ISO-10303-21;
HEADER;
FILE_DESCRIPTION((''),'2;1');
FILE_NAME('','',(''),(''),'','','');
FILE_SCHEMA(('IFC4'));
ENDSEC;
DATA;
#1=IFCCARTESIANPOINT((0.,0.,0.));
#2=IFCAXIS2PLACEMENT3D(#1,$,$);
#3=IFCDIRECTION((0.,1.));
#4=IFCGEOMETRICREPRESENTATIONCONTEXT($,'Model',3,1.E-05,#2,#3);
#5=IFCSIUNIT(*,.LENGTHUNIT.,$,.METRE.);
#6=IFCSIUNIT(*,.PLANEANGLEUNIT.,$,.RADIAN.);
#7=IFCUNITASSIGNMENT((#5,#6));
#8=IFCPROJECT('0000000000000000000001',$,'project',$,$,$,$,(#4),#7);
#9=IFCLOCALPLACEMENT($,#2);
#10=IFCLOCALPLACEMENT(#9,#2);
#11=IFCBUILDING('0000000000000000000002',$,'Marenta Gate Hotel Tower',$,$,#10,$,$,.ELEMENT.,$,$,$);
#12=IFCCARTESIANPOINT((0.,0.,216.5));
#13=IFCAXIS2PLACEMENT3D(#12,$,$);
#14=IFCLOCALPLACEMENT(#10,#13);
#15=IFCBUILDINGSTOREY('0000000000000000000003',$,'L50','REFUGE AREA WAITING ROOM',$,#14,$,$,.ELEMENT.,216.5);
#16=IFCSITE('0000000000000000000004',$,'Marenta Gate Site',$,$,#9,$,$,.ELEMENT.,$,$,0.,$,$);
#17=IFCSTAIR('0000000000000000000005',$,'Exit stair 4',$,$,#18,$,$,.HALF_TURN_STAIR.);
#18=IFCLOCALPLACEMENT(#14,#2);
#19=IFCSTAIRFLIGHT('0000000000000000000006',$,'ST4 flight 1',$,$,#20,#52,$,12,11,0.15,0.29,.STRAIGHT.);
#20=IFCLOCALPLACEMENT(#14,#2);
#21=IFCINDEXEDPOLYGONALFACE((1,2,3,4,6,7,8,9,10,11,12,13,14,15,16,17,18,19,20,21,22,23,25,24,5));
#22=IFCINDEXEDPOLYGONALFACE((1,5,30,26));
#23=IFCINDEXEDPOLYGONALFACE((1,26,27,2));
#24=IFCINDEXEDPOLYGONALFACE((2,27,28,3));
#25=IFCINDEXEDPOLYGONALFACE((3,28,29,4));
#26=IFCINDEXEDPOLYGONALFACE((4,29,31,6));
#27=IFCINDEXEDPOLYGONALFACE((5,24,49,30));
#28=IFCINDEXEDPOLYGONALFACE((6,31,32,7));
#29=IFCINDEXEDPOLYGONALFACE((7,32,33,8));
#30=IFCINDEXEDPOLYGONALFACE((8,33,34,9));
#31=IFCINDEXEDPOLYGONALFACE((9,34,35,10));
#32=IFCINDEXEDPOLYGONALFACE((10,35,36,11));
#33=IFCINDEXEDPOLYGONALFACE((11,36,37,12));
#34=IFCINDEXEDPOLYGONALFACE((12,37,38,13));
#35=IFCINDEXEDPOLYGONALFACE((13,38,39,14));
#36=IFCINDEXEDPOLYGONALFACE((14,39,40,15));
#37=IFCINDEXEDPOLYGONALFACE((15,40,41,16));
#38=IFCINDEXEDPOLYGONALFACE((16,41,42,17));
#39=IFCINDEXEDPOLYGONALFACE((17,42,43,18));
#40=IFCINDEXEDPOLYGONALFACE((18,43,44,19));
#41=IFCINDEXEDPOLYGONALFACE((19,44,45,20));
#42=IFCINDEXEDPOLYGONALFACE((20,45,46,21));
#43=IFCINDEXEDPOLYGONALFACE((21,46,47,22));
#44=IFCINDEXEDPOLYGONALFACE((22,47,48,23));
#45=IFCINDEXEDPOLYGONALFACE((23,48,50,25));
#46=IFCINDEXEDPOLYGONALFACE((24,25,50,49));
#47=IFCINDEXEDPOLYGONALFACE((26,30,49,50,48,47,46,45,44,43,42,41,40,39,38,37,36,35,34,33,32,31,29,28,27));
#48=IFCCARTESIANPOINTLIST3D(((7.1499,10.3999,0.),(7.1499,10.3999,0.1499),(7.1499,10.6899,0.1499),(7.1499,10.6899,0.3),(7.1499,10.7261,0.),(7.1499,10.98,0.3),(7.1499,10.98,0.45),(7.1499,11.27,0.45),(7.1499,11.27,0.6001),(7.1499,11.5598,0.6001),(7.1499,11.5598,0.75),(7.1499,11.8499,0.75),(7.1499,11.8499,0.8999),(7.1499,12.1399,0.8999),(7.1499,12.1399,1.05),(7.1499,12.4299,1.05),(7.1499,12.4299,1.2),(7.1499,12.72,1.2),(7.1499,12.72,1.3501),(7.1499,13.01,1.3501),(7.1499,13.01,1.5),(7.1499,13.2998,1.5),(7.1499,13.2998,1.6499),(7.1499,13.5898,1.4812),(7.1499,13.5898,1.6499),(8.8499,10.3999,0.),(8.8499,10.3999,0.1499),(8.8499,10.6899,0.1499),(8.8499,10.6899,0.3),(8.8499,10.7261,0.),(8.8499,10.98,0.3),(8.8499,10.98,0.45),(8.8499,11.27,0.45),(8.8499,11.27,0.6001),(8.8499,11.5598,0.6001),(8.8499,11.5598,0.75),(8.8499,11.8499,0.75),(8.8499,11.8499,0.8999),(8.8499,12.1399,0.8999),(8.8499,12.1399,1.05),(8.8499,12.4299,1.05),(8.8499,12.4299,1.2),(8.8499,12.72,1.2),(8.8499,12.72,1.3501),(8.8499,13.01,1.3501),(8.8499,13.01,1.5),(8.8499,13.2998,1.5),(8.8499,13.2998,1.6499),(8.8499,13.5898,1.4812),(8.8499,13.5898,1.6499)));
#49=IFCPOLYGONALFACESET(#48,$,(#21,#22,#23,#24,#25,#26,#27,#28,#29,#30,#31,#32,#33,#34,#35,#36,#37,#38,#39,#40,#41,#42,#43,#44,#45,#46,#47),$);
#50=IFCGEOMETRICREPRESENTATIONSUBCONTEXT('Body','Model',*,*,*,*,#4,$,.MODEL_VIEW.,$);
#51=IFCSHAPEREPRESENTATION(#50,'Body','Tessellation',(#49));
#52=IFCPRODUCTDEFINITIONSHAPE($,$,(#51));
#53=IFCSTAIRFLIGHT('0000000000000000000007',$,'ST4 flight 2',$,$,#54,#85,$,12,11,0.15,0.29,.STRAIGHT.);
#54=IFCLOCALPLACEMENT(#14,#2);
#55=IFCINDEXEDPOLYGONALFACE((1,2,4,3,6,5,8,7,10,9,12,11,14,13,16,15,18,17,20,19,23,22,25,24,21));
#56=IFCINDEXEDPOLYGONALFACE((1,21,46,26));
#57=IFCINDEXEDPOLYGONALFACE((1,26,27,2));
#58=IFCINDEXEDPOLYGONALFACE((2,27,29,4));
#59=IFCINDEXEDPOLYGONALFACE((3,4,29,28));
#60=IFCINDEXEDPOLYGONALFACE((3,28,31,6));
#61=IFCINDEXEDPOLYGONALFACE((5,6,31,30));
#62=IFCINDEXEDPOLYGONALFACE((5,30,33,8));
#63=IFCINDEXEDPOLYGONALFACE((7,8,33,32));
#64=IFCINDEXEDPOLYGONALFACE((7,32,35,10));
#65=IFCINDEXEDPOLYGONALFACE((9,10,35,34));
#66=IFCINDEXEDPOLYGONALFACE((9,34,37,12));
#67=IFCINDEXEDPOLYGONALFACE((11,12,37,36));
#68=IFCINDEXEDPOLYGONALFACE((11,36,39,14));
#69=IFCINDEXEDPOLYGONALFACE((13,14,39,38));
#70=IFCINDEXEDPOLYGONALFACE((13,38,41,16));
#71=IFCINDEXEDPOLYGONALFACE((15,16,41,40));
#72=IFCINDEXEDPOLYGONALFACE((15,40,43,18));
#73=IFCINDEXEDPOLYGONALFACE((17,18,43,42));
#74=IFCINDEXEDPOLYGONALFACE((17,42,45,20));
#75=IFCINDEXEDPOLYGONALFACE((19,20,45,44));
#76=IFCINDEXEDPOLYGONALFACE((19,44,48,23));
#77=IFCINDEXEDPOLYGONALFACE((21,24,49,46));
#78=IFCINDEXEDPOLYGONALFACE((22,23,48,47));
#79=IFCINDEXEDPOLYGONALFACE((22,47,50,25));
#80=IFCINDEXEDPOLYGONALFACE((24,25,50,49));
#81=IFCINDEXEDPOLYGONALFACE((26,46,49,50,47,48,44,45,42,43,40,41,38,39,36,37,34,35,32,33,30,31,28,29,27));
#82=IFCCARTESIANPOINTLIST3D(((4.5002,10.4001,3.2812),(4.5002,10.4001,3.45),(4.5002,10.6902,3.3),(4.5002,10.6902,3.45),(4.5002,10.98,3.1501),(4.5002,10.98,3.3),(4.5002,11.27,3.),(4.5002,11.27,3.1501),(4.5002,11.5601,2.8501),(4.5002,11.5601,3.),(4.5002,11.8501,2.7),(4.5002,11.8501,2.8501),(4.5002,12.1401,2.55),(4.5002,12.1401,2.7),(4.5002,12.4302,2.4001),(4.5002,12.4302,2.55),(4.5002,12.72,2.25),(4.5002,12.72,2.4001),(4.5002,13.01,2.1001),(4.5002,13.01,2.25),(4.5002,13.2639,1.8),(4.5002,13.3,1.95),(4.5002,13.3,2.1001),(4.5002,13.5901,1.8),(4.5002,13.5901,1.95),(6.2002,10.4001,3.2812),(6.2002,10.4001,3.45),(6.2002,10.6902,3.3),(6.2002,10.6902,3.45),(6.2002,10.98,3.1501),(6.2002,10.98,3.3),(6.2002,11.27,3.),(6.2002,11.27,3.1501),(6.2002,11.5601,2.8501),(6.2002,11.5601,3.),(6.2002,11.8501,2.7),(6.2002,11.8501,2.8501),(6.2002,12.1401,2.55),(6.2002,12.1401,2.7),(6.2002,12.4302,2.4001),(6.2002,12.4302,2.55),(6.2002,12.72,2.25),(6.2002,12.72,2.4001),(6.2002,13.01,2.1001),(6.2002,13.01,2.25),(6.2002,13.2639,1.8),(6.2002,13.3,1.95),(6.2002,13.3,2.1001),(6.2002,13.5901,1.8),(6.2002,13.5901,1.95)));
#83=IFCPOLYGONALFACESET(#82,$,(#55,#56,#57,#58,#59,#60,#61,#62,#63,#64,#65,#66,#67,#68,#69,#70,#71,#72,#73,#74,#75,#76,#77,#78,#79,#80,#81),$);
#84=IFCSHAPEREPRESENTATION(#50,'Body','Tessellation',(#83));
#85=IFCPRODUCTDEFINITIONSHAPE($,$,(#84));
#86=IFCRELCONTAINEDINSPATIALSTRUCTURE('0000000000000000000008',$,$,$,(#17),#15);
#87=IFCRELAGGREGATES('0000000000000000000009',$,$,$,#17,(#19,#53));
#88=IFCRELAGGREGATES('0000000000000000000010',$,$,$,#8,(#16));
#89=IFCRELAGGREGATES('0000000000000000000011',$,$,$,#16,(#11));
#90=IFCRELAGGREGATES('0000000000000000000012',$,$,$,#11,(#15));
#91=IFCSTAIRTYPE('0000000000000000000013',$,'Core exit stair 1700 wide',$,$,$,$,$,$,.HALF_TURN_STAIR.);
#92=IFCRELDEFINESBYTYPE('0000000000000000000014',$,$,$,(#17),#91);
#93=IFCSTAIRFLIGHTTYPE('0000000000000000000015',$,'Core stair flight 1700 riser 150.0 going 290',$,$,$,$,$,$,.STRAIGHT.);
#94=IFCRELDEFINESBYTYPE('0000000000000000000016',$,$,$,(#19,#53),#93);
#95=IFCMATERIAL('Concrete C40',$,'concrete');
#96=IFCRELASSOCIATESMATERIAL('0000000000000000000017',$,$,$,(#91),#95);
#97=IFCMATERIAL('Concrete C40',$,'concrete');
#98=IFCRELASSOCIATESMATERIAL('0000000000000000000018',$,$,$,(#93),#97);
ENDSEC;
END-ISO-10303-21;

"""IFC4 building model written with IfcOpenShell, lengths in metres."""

from ifc_helpers import new_model, si_unit, direction, frame, origin, place, context, subcontext, project, spatial, polyline, outline, extrude, material, type_object, element, aggregate, save


model = new_model("IFC4")

# Units and contexts
model_context = context("Model", 3, precision=1e-05, world=origin(), true_north=direction((0.0, 1.0)))
body_context = subcontext(model_context, "Body", "Model", "MODEL_VIEW")
ifc_project = project(units=[si_unit("LENGTHUNIT", "METRE"), si_unit("PLANEANGLEUNIT", "RADIAN")], contexts=[model_context])

# Site, building, storey
site_placement = place(None, origin())
site = spatial("IfcSite", under=ifc_project, at=site_placement, Name="Marenta Gate Site", CompositionType="ELEMENT", RefElevation=0.0)
building_placement = place(site_placement, origin())
building = spatial("IfcBuilding", under=site, at=building_placement, Name="Marenta Gate Hotel Tower", CompositionType="ELEMENT")
storey_placement = place(building_placement, frame((0.0, 0.0, 216.5)))
storey = spatial("IfcBuildingStorey", under=building, at=storey_placement, Name="L50", Description="REFUGE AREA WAITING ROOM", CompositionType="ELEMENT", Elevation=216.5)

# Stair, stair flights
ifc_material_1 = material(Name="Concrete C40", Category="concrete")
stair_type = type_object("IfcStairType", Name="Core exit stair 1700 wide", PredefinedType="HALF_TURN_STAIR", material=ifc_material_1)
stair_placement = place(storey_placement, origin())
stair = element("IfcStair", 1, at=stair_placement, inside=storey, type_object=stair_type, Name="Exit stair 4", PredefinedType="HALF_TURN_STAIR")
ifc_material_2 = material(Name="Concrete C40", Category="concrete")
stair_flight_type = type_object("IfcStairFlightType", Name="Core stair flight 1700 riser 150.0 going 290", PredefinedType="STRAIGHT", material=ifc_material_2)
stair_flight_1_placement = place(storey_placement, frame((8.0, 10.3999, 0.0), z_axis=(0.0, 0.0, 1.0), x_axis=(0.0, 1.0, 0.0)))
stair_flight_1 = element("IfcStairFlight", 2, at=stair_flight_1_placement, type_object=stair_flight_type, Name="ST4 flight 1", NumberOfRisers=12, NumberOfTreads=11, PredefinedType="STRAIGHT", RiserHeight=0.15, TreadLength=0.29, context=body_context, shape_type="SweptSolid", body=[
    extrude(outline(polyline([(0.0, 0.0), (0.0, 0.1499), (0.29, 0.1499), (0.29, 0.3), (0.5801, 0.3), (0.5801, 0.45), (0.8701, 0.45), (0.8701, 0.6001), (1.1599, 0.6001), (1.1599, 0.75), (1.45, 0.75), (1.45, 0.8999), (1.74, 0.8999), (1.74, 1.05), (2.03, 1.05), (2.03, 1.2), (2.3201, 1.2), (2.3201, 1.3501), (2.6101, 1.3501), (2.6101, 1.5), (2.8999, 1.5), (2.8999, 1.6499), (3.1899, 1.6499), (3.1899, 1.8), (3.1899, 1.4812), (0.3262, 0.0), (0.0, 0.0)])), frame((0.0, 0.8501, 0.0), z_axis=(0.0, -1.0, 0.0), x_axis=(1.0, 0.0, 0.0)), (0.0, 0.0, 1.0), 1.7),
])
stair_flight_2_placement = place(storey_placement, frame((5.3501, 13.5901, 1.8), z_axis=(0.0, 0.0, 1.0), x_axis=(0.0, -1.0, 0.0)))
stair_flight_2 = element("IfcStairFlight", 3, at=stair_flight_2_placement, type_object=stair_flight_type, Name="ST4 flight 2", NumberOfRisers=12, NumberOfTreads=11, PredefinedType="STRAIGHT", RiserHeight=0.15, TreadLength=0.29, context=body_context, shape_type="SweptSolid", body=[
    extrude(outline(polyline([(0.0, 0.0), (0.0, 0.1499), (0.29, 0.1499), (0.29, 0.3), (0.5801, 0.3), (0.5801, 0.45), (0.8701, 0.45), (0.8701, 0.6001), (1.1599, 0.6001), (1.1599, 0.75), (1.45, 0.75), (1.45, 0.8999), (1.74, 0.8999), (1.74, 1.05), (2.03, 1.05), (2.03, 1.2), (2.3201, 1.2), (2.3201, 1.3501), (2.6101, 1.3501), (2.6101, 1.5), (2.8999, 1.5), (2.8999, 1.6499), (3.1899, 1.6499), (3.1899, 1.8), (3.1899, 1.4812), (0.3262, 0.0), (0.0, 0.0)])), frame((0.0, 0.8501, 0.0), z_axis=(0.0, -1.0, 0.0), x_axis=(1.0, 0.0, 0.0)), (0.0, 0.0, 1.0), 1.7),
])
aggregate(stair, [stair_flight_1, stair_flight_2])

save(model, "model.ifc")
